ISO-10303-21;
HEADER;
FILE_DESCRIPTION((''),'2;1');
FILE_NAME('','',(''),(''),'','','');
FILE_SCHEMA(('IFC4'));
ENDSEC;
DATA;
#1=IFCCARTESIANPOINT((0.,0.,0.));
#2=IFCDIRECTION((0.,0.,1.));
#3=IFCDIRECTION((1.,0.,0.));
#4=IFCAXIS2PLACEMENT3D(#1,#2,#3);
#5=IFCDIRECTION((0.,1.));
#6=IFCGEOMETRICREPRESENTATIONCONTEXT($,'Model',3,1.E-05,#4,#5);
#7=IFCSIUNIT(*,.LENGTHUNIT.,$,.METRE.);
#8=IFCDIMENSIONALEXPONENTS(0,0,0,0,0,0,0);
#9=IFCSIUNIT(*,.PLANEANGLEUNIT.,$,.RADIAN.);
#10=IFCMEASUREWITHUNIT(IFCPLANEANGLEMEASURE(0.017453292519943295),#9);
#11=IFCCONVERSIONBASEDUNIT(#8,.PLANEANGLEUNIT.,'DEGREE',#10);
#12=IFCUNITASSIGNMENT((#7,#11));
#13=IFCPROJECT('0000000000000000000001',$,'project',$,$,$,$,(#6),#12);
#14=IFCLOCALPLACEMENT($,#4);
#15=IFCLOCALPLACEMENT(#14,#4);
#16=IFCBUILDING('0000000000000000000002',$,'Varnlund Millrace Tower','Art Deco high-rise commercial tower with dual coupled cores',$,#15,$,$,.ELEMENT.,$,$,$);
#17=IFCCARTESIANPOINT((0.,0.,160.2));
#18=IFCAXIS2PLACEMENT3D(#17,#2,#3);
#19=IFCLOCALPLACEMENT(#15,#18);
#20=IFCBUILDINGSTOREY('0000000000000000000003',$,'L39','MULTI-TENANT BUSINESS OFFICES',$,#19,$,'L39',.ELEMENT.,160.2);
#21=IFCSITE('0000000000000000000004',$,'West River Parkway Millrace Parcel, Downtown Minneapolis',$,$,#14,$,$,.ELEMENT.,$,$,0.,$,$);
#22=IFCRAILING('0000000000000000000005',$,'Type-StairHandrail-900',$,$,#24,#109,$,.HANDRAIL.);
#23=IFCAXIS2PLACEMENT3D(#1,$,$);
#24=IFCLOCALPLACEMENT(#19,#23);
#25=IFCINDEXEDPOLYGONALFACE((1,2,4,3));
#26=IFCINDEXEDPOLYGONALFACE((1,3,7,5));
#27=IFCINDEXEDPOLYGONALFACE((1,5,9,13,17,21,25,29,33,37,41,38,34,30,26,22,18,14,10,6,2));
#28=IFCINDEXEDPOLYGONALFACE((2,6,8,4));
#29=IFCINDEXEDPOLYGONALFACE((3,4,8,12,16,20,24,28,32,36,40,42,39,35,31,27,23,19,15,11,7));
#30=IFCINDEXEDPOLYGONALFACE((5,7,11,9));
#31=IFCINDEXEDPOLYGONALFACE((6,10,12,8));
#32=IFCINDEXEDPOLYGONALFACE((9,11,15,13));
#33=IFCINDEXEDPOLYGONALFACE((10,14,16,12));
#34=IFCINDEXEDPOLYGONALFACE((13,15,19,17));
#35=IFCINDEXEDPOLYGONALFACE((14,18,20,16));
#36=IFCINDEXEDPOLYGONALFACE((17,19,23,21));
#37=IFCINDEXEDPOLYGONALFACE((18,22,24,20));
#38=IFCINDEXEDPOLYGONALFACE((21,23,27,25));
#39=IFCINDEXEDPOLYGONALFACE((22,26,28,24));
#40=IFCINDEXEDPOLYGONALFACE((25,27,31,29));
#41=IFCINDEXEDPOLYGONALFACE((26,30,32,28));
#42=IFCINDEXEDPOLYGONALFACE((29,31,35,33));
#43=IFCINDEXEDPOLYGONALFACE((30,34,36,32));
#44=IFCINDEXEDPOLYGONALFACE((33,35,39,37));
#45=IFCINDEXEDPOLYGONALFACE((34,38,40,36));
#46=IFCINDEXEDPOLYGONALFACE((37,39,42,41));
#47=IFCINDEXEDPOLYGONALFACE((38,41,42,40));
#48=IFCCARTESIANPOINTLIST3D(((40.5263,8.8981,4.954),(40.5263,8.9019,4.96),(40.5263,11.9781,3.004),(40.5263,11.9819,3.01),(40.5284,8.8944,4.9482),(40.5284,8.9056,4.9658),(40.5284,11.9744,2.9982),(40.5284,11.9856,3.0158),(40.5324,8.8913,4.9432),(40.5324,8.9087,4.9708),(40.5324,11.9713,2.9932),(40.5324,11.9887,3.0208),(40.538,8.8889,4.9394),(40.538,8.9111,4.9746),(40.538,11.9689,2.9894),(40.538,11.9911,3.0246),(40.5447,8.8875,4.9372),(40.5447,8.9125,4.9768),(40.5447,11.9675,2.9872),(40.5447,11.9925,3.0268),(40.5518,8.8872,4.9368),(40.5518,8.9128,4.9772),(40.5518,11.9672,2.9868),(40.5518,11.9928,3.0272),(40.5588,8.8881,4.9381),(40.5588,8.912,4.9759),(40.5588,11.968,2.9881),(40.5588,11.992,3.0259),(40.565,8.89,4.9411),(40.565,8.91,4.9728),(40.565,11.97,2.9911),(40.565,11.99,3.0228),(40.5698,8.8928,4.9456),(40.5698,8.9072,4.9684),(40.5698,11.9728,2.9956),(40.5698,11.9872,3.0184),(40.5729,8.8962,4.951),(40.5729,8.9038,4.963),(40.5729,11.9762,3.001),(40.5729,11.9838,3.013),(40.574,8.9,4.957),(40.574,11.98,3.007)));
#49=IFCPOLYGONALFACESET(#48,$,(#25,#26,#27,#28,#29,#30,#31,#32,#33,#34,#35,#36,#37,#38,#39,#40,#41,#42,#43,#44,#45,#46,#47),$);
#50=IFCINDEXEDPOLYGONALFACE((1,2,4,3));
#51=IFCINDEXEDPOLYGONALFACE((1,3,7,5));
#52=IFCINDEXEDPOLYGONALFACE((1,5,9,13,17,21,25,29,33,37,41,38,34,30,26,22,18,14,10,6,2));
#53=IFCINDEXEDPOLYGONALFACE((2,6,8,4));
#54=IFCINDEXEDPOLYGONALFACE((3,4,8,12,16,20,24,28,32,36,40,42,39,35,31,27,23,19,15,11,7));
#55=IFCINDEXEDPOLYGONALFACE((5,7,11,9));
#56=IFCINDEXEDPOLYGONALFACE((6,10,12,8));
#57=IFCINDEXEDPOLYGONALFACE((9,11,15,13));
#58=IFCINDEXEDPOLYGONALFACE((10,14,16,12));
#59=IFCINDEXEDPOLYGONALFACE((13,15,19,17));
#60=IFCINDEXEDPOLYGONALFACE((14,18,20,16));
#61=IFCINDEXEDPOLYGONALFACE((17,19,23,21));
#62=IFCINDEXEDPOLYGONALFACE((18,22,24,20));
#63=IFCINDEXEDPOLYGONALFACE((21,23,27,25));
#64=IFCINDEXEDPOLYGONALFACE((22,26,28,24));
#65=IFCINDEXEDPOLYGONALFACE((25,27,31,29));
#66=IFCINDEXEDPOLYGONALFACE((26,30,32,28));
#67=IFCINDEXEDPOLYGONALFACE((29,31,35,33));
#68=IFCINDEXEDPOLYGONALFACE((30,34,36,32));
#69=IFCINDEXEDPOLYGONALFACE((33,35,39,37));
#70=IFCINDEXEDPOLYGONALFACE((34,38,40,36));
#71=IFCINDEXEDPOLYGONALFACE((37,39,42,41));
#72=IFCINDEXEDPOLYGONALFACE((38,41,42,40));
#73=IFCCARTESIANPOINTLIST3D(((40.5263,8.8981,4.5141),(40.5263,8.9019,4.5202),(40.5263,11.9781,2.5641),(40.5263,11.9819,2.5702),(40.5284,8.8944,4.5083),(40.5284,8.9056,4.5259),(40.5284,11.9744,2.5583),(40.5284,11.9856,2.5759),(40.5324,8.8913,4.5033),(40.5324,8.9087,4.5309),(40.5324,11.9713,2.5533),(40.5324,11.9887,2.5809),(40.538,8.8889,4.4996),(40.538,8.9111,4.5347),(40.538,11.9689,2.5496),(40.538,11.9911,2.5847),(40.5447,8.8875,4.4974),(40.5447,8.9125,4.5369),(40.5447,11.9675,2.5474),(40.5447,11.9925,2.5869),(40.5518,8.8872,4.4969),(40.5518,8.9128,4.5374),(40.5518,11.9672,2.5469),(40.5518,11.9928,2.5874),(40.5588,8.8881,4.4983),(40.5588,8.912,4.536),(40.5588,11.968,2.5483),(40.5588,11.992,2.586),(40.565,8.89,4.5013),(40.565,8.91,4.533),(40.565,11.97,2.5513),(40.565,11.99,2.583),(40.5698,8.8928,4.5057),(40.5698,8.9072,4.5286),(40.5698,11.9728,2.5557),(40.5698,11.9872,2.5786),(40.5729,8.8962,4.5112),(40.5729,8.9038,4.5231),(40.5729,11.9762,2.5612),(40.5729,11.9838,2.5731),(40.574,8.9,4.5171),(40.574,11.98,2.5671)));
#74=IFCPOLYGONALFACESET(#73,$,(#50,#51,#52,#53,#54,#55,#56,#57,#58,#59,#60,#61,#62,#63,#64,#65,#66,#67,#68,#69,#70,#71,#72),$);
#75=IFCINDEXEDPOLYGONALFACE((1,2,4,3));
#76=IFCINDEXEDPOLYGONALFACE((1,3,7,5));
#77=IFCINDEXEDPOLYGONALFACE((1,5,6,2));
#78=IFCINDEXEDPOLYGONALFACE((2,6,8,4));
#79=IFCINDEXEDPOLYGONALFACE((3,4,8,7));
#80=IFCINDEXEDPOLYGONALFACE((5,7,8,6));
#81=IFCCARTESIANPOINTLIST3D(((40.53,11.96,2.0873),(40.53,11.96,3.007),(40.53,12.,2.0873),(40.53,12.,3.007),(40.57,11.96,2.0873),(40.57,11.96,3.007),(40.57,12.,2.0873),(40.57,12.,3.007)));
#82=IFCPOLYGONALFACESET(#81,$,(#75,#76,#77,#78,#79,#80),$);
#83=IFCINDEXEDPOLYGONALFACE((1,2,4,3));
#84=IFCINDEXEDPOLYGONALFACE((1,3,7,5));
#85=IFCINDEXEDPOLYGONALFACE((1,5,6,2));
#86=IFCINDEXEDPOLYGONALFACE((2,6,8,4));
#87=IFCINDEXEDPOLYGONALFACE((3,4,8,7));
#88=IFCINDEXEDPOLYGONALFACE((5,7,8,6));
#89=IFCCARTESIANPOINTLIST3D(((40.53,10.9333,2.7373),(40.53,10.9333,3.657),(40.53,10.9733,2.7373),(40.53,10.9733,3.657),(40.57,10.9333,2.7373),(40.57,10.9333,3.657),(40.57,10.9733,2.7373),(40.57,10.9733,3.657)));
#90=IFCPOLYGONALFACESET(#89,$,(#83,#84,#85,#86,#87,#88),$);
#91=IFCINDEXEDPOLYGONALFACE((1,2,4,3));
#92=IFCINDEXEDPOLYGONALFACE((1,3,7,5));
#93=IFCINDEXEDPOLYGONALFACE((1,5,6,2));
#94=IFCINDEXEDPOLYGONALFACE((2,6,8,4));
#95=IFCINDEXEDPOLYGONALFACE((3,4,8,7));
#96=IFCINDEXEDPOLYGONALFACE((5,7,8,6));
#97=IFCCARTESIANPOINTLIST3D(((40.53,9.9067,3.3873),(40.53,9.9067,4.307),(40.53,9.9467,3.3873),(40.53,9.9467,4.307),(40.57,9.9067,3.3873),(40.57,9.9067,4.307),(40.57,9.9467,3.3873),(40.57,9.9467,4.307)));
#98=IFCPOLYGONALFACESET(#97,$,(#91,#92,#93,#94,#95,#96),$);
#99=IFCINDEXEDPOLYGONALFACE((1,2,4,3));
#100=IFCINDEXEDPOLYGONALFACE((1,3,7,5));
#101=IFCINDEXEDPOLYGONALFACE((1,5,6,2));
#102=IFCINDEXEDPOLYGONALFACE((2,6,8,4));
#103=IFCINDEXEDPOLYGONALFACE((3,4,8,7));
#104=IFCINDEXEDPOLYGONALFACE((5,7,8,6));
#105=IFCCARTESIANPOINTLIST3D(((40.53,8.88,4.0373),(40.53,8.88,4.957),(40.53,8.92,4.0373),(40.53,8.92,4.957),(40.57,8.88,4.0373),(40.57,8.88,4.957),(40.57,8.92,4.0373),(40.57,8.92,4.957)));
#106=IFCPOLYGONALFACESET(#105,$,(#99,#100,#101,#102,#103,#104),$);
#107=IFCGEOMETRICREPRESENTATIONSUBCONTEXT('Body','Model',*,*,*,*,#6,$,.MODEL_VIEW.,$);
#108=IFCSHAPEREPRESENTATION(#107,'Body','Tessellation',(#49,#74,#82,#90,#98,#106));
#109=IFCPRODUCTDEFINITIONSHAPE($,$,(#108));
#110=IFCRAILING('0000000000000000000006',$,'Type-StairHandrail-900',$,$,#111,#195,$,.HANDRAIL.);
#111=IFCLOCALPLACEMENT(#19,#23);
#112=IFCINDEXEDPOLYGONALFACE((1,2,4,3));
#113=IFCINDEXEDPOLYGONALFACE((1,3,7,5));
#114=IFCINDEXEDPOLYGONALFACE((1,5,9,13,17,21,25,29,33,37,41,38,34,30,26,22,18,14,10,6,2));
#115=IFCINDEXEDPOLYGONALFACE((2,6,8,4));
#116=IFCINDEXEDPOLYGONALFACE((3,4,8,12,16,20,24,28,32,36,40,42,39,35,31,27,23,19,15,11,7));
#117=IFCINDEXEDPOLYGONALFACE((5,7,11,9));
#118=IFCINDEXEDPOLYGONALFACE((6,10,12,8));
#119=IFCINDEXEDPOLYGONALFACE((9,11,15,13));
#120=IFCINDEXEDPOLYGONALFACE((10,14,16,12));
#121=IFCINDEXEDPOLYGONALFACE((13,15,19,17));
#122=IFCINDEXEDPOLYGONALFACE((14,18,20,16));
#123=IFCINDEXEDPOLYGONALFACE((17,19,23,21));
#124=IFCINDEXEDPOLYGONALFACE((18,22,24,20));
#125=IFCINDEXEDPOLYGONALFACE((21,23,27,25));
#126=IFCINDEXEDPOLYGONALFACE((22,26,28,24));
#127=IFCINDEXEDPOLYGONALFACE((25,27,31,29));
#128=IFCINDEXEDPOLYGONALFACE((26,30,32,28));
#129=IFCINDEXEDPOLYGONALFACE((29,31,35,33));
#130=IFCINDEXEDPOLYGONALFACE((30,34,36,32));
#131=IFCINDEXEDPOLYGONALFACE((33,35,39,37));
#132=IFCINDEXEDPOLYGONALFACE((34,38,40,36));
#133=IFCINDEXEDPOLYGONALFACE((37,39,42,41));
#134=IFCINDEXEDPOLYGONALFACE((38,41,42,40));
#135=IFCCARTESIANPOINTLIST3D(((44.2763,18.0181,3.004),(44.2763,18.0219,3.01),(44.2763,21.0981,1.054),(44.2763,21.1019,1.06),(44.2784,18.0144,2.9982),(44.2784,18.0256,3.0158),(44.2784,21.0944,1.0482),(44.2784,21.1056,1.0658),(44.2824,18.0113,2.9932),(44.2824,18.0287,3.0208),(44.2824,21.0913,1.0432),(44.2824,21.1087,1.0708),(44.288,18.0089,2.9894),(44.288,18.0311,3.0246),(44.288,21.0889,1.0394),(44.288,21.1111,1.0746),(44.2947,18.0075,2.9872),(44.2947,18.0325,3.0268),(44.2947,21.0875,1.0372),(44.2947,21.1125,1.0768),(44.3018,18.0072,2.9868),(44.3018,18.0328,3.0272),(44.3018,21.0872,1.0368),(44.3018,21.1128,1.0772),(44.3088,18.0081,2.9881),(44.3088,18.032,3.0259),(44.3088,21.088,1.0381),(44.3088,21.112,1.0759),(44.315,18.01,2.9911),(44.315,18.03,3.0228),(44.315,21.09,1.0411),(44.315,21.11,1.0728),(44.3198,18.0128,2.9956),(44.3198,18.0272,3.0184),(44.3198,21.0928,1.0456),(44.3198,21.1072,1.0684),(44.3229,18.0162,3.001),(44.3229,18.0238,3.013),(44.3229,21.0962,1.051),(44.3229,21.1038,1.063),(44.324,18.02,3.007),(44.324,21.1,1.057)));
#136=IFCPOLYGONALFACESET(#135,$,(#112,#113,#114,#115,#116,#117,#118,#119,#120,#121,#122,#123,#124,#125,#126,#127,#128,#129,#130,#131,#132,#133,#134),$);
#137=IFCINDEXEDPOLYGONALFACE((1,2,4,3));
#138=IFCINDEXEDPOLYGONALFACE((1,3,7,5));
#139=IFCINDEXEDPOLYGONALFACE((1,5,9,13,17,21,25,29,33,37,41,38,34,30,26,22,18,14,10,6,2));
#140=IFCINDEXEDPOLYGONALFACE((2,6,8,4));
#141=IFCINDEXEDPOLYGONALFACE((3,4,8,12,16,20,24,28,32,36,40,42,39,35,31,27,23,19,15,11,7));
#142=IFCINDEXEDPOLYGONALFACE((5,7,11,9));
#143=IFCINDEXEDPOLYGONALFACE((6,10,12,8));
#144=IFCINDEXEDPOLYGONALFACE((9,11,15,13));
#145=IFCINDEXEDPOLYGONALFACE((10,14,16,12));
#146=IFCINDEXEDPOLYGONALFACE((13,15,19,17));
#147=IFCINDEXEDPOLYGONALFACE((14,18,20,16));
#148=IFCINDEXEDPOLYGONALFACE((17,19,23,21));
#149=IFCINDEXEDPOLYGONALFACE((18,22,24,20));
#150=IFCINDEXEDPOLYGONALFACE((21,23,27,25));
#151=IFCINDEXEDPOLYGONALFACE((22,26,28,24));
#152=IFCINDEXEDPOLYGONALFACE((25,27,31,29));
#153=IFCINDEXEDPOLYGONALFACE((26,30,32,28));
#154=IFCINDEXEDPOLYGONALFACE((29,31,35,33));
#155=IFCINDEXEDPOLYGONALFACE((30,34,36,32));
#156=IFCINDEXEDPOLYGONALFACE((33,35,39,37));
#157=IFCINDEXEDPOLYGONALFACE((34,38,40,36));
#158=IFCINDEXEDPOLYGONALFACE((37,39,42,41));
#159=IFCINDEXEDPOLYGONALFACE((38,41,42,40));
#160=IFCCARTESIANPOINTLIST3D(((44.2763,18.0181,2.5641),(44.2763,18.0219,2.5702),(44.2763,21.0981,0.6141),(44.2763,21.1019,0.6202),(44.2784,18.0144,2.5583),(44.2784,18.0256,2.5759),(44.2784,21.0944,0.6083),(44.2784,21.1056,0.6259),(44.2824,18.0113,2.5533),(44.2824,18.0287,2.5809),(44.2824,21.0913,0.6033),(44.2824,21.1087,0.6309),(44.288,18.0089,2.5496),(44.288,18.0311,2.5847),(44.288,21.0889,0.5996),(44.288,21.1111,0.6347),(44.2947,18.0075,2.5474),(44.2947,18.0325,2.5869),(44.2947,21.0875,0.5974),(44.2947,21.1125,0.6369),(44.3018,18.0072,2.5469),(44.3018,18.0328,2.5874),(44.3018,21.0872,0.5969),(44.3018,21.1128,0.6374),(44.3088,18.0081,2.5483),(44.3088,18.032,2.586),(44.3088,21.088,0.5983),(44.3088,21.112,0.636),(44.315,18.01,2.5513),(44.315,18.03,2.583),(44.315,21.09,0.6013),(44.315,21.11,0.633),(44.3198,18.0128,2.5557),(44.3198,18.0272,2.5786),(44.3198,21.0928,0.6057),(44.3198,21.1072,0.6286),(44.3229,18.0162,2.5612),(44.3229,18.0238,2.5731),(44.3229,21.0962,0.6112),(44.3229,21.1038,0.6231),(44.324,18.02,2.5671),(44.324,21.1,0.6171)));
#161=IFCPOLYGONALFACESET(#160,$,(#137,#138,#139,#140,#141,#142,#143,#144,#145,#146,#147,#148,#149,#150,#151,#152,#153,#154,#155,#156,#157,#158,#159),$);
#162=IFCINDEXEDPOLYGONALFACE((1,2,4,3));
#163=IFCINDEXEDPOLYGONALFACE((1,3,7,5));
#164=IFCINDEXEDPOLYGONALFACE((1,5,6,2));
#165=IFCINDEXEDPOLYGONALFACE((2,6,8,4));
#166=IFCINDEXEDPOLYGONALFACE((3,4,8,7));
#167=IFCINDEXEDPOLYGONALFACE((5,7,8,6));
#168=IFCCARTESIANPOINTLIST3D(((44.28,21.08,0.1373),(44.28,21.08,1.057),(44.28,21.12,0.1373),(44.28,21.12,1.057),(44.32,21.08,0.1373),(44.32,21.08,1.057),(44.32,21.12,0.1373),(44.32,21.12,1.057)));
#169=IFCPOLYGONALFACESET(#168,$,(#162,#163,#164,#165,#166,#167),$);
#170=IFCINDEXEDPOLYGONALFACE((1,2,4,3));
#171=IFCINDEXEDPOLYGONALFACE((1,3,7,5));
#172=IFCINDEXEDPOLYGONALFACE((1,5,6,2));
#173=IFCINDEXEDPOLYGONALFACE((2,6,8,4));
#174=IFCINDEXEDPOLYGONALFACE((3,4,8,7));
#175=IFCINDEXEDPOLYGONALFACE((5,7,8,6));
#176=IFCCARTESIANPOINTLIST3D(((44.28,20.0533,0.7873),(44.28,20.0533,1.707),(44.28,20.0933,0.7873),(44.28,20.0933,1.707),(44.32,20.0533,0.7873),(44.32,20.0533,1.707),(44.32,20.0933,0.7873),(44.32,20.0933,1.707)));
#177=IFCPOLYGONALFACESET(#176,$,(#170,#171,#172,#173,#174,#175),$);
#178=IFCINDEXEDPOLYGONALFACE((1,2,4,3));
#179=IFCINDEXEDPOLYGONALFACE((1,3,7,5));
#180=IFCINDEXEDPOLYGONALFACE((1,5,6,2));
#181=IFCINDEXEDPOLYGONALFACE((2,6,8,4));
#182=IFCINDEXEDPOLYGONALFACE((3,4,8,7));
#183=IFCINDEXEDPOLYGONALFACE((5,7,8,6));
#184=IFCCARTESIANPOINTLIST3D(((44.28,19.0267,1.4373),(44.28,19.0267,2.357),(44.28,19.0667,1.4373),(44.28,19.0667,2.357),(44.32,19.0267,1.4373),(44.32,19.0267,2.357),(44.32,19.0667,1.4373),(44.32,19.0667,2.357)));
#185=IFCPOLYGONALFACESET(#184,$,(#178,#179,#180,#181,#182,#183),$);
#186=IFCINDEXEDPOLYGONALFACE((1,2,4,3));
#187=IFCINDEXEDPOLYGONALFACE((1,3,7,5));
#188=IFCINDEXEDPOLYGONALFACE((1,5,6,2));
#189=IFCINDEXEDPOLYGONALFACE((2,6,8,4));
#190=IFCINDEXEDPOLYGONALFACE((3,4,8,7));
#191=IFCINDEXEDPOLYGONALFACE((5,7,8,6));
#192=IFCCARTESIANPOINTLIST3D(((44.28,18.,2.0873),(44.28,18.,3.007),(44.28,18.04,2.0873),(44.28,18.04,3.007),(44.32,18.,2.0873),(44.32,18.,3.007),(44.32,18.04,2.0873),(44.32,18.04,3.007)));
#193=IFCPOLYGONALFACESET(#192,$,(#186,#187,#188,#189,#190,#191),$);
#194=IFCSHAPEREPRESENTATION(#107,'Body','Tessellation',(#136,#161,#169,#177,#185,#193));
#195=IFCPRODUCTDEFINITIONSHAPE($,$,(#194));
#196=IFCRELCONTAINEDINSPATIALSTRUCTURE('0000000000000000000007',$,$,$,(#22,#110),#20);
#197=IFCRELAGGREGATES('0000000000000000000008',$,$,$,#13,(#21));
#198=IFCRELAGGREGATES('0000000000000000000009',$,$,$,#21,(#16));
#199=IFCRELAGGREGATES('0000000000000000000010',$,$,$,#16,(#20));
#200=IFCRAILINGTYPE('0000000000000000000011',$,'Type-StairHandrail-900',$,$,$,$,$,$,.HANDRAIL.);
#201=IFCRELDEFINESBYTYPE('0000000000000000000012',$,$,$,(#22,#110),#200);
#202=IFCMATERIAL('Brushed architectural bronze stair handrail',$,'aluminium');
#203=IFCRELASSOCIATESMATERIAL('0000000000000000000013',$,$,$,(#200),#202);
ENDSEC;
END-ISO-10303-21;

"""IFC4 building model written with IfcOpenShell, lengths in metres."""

from ifc_helpers import new_model, entity, si_unit, converted_unit, direction, frame, origin_with_axes, origin_2d_with_axis, place, context, subcontext, project, spatial, rectangle, circle, extrude, material, type_object, element, save


model = new_model("IFC4")

# Units and contexts
model_context = context("Model", 3, precision=1e-05, world=origin_with_axes(), true_north=direction((0.0, 1.0)))
body_context = subcontext(model_context, "Body", "Model", "MODEL_VIEW")
ifc_project = project(units=[si_unit("LENGTHUNIT", "METRE"), converted_unit("PLANEANGLEUNIT", "DEGREE", entity("IfcPlaneAngleMeasure", 0.017453292519943295), si_unit("PLANEANGLEUNIT", "RADIAN"), dimensions=[0, 0, 0, 0, 0, 0, 0])], contexts=[model_context])

# Site, building, storey
site_placement = place(None, origin_with_axes())
site = spatial("IfcSite", under=ifc_project, at=site_placement, Name="West River Parkway Millrace Parcel, Downtown Minneapolis", CompositionType="ELEMENT", RefElevation=0.0)
building_placement = place(site_placement, origin_with_axes())
building = spatial("IfcBuilding", under=site, at=building_placement, Name="Varnlund Millrace Tower", Description="Art Deco high-rise commercial tower with dual coupled cores", CompositionType="ELEMENT")
storey_placement = place(building_placement, frame((0.0, 0.0, 160.2), z_axis=(0.0, 0.0, 1.0), x_axis=(1.0, 0.0, 0.0)))
storey = spatial("IfcBuildingStorey", under=building, at=storey_placement, Name="L39", Description="MULTI-TENANT BUSINESS OFFICES", LongName="L39", CompositionType="ELEMENT", Elevation=160.2)

# Railings
ifc_material_1 = material(Name="Brushed architectural bronze stair handrail", Category="aluminium")
railing_type_1 = type_object("IfcRailingType", Name="Type-StairHandrail-900", PredefinedType="HANDRAIL", material=ifc_material_1)
railing_1_placement = place(storey_placement, frame((0.0, 0.0, -160.2), z_axis=(0.0, 0.0, 1.0), x_axis=(1.0, 0.0, 0.0)))
element("IfcRailing", 1, at=railing_1_placement, inside=storey, type_object=railing_type_1, Name="Type-StairHandrail-900", PredefinedType="HANDRAIL", context=body_context, shape_type="SweptSolid", body=[
    extrude(circle(Radius=0.024, at=origin_2d_with_axis()), frame((40.55, 11.98, 163.207), z_axis=(0.0, -0.844902, 0.534922), x_axis=(1.0, 0.0, 0.0)), (0.0, 0.0, 1.0), 3.6454),
    extrude(circle(Radius=0.024, at=origin_2d_with_axis()), frame((40.55, 11.98, 162.7671), z_axis=(0.0, -0.844902, 0.534922), x_axis=(1.0, 0.0, 0.0)), (0.0, 0.0, 1.0), 3.6454),
    extrude(rectangle(XDim=0.04, YDim=0.04, at=origin_2d_with_axis()), frame((40.55, 11.98, 162.2873), z_axis=(0.0, 0.0, 1.0), x_axis=(1.0, 0.0, 0.0)), (0.0, 0.0, 1.0), 0.9197),
    extrude(rectangle(XDim=0.04, YDim=0.04, at=origin_2d_with_axis()), frame((40.55, 10.9533, 162.9373), z_axis=(0.0, 0.0, 1.0), x_axis=(1.0, 0.0, 0.0)), (0.0, 0.0, 1.0), 0.9197),
    extrude(rectangle(XDim=0.04, YDim=0.04, at=origin_2d_with_axis()), frame((40.55, 9.9267, 163.5873), z_axis=(0.0, 0.0, 1.0), x_axis=(1.0, 0.0, 0.0)), (0.0, 0.0, 1.0), 0.9197),
    extrude(rectangle(XDim=0.04, YDim=0.04, at=origin_2d_with_axis()), frame((40.55, 8.9, 164.2373), z_axis=(0.0, 0.0, 1.0), x_axis=(1.0, 0.0, 0.0)), (0.0, 0.0, 1.0), 0.9197),
])
railing_2_placement = place(storey_placement, frame((0.0, 0.0, -160.2), z_axis=(0.0, 0.0, 1.0), x_axis=(1.0, 0.0, 0.0)))
element("IfcRailing", 2, at=railing_2_placement, inside=storey, type_object=railing_type_1, Name="Type-StairHandrail-900", PredefinedType="HANDRAIL", context=body_context, shape_type="SweptSolid", body=[
    extrude(circle(Radius=0.024, at=origin_2d_with_axis()), frame((44.3, 21.1, 161.257), z_axis=(0.0, -0.844902, 0.534922), x_axis=(1.0, 0.0, 0.0)), (0.0, 0.0, 1.0), 3.6454),
    extrude(circle(Radius=0.024, at=origin_2d_with_axis()), frame((44.3, 21.1, 160.8171), z_axis=(0.0, -0.844902, 0.534922), x_axis=(1.0, 0.0, 0.0)), (0.0, 0.0, 1.0), 3.6454),
    extrude(rectangle(XDim=0.04, YDim=0.04, at=origin_2d_with_axis()), frame((44.3, 21.1, 160.3373), z_axis=(0.0, 0.0, 1.0), x_axis=(1.0, 0.0, 0.0)), (0.0, 0.0, 1.0), 0.9197),
    extrude(rectangle(XDim=0.04, YDim=0.04, at=origin_2d_with_axis()), frame((44.3, 20.0733, 160.9873), z_axis=(0.0, 0.0, 1.0), x_axis=(1.0, 0.0, 0.0)), (0.0, 0.0, 1.0), 0.9197),
    extrude(rectangle(XDim=0.04, YDim=0.04, at=origin_2d_with_axis()), frame((44.3, 19.0467, 161.6373), z_axis=(0.0, 0.0, 1.0), x_axis=(1.0, 0.0, 0.0)), (0.0, 0.0, 1.0), 0.9197),
    extrude(rectangle(XDim=0.04, YDim=0.04, at=origin_2d_with_axis()), frame((44.3, 18.02, 162.2873), z_axis=(0.0, 0.0, 1.0), x_axis=(1.0, 0.0, 0.0)), (0.0, 0.0, 1.0), 0.9197),
])

save(model, "model.ifc")
